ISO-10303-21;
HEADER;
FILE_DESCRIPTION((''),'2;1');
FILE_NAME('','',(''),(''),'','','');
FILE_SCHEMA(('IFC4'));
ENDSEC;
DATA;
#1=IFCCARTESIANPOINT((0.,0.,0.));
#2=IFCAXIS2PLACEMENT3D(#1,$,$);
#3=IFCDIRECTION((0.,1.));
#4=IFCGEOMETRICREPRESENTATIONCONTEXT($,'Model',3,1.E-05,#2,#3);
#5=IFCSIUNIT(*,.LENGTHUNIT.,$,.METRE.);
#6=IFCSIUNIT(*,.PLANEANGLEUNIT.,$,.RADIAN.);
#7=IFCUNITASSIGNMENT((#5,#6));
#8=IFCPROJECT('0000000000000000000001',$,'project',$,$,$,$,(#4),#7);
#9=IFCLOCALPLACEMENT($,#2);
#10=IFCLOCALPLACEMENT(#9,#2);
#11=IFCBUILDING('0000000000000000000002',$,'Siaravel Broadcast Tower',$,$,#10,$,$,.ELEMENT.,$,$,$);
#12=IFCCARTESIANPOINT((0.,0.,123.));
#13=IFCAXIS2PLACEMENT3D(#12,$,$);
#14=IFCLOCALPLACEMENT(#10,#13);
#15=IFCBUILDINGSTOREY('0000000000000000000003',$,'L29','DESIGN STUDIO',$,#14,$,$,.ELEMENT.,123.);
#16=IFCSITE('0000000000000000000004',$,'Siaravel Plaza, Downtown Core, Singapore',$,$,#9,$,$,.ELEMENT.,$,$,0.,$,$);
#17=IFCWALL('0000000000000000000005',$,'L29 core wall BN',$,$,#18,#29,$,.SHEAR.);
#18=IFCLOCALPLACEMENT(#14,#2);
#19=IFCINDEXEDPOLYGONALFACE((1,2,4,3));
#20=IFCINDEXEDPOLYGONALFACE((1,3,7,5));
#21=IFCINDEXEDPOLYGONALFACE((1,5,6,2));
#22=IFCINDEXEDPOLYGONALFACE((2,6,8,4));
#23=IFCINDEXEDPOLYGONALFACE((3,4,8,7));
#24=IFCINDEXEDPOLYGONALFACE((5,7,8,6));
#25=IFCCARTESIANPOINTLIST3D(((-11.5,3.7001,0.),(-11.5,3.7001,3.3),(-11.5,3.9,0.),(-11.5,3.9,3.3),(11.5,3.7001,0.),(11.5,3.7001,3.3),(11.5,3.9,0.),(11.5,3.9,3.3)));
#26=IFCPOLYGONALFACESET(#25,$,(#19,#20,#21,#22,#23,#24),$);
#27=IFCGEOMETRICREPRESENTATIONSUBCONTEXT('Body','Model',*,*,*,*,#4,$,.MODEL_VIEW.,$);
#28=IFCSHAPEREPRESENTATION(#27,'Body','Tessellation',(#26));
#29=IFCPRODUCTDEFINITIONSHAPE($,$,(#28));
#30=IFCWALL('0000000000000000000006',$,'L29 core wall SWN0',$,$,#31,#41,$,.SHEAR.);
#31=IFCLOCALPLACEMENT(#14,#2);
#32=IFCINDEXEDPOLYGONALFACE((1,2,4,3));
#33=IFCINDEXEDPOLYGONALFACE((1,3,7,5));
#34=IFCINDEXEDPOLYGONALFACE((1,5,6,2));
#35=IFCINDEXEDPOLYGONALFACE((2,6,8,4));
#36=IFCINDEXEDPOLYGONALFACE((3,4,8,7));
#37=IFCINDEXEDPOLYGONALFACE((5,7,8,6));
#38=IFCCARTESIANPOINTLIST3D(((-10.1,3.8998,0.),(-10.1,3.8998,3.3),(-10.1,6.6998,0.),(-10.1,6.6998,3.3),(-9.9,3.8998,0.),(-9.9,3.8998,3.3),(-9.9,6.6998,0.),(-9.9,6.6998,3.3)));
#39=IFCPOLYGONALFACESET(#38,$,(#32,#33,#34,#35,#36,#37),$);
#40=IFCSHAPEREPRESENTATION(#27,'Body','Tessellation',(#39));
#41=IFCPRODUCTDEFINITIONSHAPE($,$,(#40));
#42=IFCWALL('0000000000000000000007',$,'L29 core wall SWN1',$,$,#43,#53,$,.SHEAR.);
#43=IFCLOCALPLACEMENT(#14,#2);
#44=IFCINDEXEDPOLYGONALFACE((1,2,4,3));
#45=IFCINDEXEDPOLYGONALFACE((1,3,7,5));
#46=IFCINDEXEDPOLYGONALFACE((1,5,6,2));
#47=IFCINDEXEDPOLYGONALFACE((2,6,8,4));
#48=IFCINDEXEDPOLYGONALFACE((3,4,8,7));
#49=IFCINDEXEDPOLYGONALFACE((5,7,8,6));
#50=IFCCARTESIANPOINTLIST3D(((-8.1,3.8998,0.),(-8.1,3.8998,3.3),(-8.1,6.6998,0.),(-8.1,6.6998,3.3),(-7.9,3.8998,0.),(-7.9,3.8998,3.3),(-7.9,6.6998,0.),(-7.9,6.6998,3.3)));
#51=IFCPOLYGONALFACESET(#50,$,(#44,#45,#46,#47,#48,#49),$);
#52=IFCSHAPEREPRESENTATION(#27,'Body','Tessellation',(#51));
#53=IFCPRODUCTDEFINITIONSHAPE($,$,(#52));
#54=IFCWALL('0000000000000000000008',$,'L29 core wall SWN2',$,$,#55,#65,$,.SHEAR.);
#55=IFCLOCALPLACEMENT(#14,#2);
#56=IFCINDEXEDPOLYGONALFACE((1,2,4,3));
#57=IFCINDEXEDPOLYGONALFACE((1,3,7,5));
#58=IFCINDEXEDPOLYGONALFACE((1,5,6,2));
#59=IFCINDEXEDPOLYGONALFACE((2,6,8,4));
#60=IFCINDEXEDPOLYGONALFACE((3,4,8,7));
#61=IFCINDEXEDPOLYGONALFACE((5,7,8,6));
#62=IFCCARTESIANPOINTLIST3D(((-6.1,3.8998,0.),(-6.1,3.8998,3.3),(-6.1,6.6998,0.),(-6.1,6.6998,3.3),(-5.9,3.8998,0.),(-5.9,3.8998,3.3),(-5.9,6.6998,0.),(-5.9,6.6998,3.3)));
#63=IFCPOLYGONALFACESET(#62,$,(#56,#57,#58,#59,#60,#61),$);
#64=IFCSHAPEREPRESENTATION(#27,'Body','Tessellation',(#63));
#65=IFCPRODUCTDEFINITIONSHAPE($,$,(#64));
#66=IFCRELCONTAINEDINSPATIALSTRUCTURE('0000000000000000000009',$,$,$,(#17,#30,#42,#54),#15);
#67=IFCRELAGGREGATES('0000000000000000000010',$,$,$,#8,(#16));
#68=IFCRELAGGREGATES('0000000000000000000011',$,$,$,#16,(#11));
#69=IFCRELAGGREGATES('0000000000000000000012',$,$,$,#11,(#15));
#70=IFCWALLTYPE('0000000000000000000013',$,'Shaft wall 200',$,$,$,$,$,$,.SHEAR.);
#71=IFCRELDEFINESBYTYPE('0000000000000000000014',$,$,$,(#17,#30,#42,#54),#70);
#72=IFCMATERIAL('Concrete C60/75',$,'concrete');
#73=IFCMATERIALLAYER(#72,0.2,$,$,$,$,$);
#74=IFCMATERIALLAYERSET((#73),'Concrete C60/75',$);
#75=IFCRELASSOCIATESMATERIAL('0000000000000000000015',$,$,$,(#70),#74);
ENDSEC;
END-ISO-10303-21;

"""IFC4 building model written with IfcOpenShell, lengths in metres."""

from ifc_helpers import new_model, si_unit, direction, frame, frame_2d, origin, place, context, subcontext, project, spatial, rectangle, extrude, material, layer, layer_set, type_object, element, save


model = new_model("IFC4")

# Units and contexts
model_context = context("Model", 3, precision=1e-05, world=origin(), true_north=direction((0.0, 1.0)))
body_context = subcontext(model_context, "Body", "Model", "MODEL_VIEW")
ifc_project = project(units=[si_unit("LENGTHUNIT", "METRE"), si_unit("PLANEANGLEUNIT", "RADIAN")], contexts=[model_context])

# Site, building, storey
site_placement = place(None, origin())
site = spatial("IfcSite", under=ifc_project, at=site_placement, Name="Siaravel Plaza, Downtown Core, Singapore", CompositionType="ELEMENT", RefElevation=0.0)
building_placement = place(site_placement, origin())
building = spatial("IfcBuilding", under=site, at=building_placement, Name="Siaravel Broadcast Tower", CompositionType="ELEMENT")
storey_placement = place(building_placement, frame((0.0, 0.0, 123.0)))
storey = spatial("IfcBuildingStorey", under=building, at=storey_placement, Name="L29", Description="DESIGN STUDIO", CompositionType="ELEMENT", Elevation=123.0)

# Shared definitions
ifc_material_1 = material(Name="Concrete C60/75", Category="concrete")

# Walls
ifc_layer_1 = layer(ifc_material_1, 0.2)
ifc_layer_set_1 = layer_set([ifc_layer_1], Name="Concrete C60/75")
wall_type_1 = type_object("IfcWallType", Name="Shaft wall 200", PredefinedType="SHEAR", material=ifc_layer_set_1)
wall_1_placement = place(storey_placement, frame((-11.5, 3.8, 0.0), z_axis=(0.0, 0.0, 1.0), x_axis=(1.0, 0.0, 0.0)))
element("IfcWall", 1, at=wall_1_placement, inside=storey, type_object=wall_type_1, Name="L29 core wall BN", PredefinedType="SHEAR", context=body_context, shape_type="SweptSolid", body=[
    extrude(rectangle(XDim=23.0, YDim=0.2, at=frame_2d((11.5, 0.0))), origin(), (0.0, 0.0, 1.0), 3.3),
])
for number, where, z_axis, x_axis, name in (
    (2, (-10.0, 3.8999, 0.0), (0.0, 0.0, 1.0), (0.0, 1.0, 0.0), "L29 core wall SWN0"),
    (3, (-8.0, 3.8999, 0.0), (0.0, 0.0, 1.0), (0.0, 1.0, 0.0), "L29 core wall SWN1"),
    (4, (-6.0, 3.8999, 0.0), (0.0, 0.0, 1.0), (0.0, 1.0, 0.0), "L29 core wall SWN2"),
):
    element("IfcWall", number, at=place(storey_placement, frame(where, z_axis=z_axis, x_axis=x_axis)), inside=storey, type_object=wall_type_1, Name=name, PredefinedType="SHEAR", context=body_context, shape_type="SweptSolid", body=[
        extrude(rectangle(XDim=2.8, YDim=0.2, at=frame_2d((1.3999, 0.0))), origin(), (0.0, 0.0, 1.0), 3.3),
    ])

save(model, "model.ifc")
